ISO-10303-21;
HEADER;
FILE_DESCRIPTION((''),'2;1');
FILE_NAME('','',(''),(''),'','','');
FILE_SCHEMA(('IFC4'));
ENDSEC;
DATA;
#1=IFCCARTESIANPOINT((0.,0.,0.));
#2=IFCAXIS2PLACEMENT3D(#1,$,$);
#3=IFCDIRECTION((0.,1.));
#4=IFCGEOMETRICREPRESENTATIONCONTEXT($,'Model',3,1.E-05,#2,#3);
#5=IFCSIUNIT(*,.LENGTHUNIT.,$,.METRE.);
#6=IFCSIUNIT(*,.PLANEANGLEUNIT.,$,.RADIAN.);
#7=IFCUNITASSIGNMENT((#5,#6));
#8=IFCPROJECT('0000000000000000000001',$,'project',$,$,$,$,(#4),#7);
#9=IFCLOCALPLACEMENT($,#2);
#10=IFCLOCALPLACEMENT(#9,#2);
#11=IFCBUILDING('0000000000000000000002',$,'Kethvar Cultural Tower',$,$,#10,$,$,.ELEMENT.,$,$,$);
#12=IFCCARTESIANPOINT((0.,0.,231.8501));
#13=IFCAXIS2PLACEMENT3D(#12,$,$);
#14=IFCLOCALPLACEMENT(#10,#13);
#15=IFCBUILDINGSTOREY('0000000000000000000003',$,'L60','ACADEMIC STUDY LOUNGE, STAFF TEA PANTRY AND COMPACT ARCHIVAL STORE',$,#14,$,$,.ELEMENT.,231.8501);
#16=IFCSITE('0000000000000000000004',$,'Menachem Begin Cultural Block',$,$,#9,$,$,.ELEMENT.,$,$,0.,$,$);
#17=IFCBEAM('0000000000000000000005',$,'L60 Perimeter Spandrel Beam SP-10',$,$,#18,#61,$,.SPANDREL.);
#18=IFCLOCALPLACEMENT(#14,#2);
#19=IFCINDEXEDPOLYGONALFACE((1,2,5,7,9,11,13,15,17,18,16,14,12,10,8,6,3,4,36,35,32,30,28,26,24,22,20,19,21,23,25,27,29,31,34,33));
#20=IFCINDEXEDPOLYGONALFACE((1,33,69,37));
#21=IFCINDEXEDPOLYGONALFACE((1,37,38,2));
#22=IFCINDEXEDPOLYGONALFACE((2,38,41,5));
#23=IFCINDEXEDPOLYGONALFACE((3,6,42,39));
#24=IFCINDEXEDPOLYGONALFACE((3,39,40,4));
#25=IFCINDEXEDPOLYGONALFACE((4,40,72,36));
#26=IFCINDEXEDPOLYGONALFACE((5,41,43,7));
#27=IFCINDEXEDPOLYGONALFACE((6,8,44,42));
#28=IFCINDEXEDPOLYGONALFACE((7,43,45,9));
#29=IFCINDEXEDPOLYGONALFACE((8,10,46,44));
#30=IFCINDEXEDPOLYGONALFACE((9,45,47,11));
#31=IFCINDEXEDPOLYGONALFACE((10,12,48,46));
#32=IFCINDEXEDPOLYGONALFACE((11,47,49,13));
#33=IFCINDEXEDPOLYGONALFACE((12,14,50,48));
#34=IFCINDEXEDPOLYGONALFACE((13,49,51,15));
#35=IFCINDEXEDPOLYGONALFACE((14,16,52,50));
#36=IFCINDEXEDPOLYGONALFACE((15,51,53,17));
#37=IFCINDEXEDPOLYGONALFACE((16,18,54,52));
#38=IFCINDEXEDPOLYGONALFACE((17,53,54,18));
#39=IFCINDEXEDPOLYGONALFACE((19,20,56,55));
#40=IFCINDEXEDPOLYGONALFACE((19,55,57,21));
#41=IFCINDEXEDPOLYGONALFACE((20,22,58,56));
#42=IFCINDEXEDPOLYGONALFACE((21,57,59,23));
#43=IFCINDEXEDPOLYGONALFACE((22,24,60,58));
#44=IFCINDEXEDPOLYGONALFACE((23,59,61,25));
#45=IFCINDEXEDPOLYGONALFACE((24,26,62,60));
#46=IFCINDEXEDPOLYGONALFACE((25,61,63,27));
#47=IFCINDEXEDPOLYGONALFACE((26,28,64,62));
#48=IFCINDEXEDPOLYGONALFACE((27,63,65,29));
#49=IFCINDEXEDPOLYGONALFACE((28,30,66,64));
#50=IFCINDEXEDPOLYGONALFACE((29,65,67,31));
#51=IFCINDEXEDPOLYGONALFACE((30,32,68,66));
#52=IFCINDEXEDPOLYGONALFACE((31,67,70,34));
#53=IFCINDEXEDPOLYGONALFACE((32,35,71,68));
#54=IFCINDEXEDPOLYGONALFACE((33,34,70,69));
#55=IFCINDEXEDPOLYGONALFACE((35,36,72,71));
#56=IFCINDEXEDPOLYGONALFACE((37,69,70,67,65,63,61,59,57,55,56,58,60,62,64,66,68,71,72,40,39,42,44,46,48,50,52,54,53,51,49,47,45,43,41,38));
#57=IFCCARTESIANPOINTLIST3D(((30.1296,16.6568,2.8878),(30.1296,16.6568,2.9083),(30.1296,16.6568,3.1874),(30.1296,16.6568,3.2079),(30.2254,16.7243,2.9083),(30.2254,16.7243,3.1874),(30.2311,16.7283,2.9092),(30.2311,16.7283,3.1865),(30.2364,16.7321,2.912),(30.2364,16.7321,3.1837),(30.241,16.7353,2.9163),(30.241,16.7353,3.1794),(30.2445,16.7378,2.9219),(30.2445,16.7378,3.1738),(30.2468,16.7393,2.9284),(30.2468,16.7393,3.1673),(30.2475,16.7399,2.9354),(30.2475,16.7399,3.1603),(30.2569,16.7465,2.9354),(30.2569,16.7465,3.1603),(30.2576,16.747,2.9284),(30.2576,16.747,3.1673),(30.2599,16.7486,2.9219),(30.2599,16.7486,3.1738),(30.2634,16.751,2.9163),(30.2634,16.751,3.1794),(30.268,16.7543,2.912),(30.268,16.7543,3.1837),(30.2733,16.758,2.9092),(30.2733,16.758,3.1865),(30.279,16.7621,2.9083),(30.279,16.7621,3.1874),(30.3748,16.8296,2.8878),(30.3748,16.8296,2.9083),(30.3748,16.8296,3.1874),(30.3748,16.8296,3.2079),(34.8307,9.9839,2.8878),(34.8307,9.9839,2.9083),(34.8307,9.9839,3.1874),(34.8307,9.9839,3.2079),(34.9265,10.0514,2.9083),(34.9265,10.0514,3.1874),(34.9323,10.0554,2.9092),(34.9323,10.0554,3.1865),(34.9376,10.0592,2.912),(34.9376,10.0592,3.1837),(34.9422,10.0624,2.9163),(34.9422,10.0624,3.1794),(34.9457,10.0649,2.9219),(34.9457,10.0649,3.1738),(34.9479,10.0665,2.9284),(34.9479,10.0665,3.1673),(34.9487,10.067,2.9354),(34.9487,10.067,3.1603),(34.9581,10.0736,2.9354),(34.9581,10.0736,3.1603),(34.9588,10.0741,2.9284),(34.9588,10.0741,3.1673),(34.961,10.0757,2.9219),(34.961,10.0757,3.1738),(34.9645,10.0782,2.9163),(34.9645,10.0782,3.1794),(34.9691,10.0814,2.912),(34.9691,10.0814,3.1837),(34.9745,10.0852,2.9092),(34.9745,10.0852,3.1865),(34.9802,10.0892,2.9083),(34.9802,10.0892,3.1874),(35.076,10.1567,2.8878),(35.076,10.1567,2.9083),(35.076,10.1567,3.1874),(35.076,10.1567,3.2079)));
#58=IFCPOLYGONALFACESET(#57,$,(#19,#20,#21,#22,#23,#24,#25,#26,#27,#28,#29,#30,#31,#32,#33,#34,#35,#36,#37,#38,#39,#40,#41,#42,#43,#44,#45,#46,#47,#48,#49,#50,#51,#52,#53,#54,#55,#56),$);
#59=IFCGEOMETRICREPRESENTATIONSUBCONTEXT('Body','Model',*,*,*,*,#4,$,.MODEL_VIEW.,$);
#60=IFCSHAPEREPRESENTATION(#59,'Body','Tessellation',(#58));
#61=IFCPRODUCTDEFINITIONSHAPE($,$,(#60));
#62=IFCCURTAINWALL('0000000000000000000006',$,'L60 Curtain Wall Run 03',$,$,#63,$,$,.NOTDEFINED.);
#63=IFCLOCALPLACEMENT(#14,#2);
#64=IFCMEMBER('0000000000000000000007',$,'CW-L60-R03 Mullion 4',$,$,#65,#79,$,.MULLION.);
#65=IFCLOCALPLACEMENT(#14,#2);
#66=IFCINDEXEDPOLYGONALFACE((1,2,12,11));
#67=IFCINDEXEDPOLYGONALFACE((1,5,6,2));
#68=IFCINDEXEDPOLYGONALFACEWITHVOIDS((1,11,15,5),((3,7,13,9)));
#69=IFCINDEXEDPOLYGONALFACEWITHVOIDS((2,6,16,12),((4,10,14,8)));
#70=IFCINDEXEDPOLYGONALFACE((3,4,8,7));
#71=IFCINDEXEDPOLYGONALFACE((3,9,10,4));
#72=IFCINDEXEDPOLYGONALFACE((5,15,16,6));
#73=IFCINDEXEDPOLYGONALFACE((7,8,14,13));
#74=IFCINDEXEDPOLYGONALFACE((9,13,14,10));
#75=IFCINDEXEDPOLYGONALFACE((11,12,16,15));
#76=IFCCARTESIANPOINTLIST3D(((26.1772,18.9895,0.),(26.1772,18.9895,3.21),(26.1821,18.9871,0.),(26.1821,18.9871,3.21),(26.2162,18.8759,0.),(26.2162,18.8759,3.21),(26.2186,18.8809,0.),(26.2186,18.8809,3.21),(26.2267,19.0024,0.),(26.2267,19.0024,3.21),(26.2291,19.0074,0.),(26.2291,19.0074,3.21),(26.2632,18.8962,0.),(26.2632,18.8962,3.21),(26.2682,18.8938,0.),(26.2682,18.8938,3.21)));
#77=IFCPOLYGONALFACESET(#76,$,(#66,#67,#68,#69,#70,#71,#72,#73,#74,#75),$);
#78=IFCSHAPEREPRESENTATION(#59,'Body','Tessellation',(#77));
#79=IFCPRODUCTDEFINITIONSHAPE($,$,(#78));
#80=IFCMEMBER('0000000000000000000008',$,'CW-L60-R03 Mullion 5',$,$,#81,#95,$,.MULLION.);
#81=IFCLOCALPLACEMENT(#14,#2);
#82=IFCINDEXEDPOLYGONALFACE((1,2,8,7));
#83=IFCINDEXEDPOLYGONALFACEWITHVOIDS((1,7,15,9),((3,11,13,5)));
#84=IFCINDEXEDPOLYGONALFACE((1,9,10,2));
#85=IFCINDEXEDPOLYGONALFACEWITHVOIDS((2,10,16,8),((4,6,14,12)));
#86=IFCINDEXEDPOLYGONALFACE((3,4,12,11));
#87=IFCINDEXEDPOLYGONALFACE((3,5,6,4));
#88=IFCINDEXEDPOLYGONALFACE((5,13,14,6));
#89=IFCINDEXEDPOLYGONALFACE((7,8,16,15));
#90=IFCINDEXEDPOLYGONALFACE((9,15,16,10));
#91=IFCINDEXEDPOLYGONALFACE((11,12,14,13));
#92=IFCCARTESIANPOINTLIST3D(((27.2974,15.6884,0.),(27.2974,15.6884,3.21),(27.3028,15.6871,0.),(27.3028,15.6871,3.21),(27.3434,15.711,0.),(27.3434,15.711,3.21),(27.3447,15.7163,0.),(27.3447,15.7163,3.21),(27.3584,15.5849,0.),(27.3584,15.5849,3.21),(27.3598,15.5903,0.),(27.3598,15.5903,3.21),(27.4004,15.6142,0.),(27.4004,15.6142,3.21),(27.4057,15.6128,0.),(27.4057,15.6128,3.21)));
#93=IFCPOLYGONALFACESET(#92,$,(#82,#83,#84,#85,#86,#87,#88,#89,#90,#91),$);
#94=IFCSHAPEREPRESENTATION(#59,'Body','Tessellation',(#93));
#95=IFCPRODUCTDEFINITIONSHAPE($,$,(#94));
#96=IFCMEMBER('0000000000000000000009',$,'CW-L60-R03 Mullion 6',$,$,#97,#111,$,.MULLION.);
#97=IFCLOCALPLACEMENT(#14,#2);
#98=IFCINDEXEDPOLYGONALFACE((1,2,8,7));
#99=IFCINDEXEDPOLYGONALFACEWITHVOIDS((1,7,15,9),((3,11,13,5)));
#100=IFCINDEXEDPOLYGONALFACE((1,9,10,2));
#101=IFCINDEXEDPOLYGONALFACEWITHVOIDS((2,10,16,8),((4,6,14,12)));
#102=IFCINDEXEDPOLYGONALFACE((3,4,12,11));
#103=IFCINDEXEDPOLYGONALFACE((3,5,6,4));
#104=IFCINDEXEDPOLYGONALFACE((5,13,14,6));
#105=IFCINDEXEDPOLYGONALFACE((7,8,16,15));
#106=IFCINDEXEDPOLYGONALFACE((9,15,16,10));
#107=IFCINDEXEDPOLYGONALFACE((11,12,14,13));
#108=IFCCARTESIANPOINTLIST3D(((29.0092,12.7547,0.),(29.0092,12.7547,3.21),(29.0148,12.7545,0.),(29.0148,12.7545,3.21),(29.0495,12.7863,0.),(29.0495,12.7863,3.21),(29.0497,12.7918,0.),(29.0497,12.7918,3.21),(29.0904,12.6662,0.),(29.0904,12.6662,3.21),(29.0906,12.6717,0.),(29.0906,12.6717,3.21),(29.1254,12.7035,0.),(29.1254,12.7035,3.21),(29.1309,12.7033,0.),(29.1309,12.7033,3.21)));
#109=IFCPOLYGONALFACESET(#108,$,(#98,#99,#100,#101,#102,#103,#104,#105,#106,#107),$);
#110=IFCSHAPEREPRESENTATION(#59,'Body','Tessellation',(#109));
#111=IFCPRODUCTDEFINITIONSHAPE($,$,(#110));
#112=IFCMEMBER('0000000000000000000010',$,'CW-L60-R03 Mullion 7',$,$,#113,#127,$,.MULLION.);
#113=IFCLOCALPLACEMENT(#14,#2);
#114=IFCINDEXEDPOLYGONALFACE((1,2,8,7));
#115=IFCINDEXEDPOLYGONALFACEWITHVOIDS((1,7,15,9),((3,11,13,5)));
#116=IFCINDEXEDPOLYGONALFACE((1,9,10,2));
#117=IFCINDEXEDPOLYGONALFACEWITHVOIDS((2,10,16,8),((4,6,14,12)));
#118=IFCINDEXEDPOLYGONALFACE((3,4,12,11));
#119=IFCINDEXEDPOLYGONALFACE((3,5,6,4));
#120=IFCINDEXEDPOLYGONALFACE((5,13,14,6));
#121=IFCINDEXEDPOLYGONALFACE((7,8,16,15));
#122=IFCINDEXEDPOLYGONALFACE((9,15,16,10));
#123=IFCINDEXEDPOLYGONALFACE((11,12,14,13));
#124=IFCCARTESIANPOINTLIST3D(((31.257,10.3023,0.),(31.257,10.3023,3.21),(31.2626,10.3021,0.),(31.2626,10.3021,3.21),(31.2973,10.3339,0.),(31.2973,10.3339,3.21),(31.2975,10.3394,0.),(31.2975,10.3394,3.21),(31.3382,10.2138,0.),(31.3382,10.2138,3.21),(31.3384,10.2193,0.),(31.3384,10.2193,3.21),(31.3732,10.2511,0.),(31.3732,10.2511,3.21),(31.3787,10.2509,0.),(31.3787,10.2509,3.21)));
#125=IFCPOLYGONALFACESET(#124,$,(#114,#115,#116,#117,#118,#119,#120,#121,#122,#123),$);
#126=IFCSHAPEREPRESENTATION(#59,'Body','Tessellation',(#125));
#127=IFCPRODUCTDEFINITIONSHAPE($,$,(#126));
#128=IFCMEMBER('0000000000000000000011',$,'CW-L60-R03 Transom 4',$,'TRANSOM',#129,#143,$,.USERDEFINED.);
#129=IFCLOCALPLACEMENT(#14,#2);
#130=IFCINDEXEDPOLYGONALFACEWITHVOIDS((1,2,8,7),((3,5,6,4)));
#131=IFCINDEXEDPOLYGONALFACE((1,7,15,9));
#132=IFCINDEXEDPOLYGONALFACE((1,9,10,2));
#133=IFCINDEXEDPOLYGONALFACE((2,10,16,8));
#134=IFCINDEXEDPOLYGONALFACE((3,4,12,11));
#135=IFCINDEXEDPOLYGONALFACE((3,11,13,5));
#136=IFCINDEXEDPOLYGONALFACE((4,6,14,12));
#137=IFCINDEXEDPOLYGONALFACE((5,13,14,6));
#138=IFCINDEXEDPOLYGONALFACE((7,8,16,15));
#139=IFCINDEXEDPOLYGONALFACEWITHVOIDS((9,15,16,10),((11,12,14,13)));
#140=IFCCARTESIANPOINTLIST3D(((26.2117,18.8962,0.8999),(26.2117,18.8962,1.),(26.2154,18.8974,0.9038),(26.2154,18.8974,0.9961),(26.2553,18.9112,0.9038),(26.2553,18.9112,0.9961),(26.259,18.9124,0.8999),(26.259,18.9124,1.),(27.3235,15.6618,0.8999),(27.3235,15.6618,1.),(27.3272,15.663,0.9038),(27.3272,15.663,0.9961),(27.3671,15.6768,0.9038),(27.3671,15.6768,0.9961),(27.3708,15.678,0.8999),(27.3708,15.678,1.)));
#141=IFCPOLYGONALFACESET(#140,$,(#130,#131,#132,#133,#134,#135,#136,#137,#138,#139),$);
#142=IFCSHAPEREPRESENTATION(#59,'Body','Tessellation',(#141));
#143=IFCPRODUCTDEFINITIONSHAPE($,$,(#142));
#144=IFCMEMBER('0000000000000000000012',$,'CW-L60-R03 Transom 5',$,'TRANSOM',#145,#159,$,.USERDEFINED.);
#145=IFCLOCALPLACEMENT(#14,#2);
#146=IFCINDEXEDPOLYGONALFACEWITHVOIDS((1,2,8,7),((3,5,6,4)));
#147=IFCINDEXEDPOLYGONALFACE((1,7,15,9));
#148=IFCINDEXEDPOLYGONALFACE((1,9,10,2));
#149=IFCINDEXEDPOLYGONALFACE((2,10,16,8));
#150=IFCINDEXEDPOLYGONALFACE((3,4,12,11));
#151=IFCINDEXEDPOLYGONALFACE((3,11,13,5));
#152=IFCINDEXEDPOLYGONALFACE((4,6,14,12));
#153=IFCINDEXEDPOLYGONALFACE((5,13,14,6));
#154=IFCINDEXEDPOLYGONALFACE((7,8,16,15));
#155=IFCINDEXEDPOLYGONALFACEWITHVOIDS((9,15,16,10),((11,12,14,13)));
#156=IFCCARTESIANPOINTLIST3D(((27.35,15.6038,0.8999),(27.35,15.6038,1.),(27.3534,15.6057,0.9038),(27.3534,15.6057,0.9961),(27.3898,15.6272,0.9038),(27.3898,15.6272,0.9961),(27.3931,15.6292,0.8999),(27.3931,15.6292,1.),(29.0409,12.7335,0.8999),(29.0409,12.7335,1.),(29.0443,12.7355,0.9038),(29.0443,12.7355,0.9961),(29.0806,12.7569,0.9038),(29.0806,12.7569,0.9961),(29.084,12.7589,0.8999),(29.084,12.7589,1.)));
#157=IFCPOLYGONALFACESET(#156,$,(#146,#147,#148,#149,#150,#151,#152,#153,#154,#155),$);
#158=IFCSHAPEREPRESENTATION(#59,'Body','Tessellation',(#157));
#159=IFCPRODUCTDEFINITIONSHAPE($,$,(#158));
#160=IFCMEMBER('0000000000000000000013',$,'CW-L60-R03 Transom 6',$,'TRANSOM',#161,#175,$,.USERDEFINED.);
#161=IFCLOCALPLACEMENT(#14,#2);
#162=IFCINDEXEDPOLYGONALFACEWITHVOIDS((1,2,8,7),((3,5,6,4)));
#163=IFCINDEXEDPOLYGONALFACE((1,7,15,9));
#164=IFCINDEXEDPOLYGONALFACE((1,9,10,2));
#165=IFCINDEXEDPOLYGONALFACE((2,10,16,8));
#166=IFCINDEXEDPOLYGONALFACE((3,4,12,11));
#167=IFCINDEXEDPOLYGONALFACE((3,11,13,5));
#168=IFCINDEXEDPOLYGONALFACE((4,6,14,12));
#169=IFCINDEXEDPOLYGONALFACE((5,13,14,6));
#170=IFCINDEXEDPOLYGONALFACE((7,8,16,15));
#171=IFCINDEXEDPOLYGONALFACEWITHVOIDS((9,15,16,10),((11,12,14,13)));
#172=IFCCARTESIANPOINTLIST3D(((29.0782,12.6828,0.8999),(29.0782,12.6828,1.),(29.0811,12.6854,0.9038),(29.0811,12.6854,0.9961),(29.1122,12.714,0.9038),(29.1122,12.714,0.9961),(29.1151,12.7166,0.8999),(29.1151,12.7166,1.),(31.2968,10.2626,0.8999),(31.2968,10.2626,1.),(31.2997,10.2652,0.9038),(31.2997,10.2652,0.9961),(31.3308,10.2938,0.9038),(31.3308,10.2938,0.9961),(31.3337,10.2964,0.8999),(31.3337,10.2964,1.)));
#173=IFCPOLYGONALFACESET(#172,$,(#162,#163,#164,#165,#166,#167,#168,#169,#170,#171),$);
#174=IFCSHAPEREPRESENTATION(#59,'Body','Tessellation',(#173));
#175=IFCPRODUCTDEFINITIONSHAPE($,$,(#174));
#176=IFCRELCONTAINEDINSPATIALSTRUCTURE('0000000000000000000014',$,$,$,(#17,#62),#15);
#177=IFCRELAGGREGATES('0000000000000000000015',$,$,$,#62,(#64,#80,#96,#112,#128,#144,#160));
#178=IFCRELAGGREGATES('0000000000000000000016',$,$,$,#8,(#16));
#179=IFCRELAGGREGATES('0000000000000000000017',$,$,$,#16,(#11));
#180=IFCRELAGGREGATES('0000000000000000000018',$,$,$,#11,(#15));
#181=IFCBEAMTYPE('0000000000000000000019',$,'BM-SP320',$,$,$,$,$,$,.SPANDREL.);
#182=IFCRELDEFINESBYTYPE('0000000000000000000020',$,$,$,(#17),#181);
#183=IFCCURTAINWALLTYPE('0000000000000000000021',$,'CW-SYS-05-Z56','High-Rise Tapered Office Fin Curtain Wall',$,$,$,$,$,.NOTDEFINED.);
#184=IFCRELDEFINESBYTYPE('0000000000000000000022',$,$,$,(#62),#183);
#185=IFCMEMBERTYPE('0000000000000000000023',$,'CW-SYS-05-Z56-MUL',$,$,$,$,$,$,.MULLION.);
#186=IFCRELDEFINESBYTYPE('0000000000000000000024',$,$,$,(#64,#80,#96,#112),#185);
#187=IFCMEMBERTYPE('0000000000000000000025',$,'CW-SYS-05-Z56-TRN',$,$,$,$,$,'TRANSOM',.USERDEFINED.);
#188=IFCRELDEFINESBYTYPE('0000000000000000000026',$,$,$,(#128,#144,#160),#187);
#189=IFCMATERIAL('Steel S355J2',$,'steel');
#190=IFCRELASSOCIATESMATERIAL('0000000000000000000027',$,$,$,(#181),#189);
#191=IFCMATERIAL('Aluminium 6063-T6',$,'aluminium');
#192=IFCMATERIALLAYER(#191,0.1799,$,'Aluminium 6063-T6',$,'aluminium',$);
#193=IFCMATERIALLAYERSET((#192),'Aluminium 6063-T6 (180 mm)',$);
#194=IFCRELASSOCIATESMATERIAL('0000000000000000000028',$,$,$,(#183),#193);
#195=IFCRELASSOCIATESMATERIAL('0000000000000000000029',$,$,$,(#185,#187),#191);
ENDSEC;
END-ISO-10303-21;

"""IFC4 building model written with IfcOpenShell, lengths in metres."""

from ifc_helpers import new_model, si_unit, direction, frame, origin, origin_2d, place, context, subcontext, project, spatial, hollow_rectangle, i_section, extrude, source, transform, mapped, material, layer, layer_set, material_profile, profile_set, type_object, element, aggregate, save


model = new_model("IFC4")

# Units and contexts
model_context = context("Model", 3, precision=1e-05, world=origin(), true_north=direction((0.0, 1.0)))
body_context = subcontext(model_context, "Body", "Model", "MODEL_VIEW")
ifc_project = project(units=[si_unit("LENGTHUNIT", "METRE"), si_unit("PLANEANGLEUNIT", "RADIAN")], contexts=[model_context])

# Site, building, storey
site_placement = place(None, origin())
site = spatial("IfcSite", under=ifc_project, at=site_placement, Name="Menachem Begin Cultural Block", CompositionType="ELEMENT", RefElevation=0.0)
building_placement = place(site_placement, origin())
building = spatial("IfcBuilding", under=site, at=building_placement, Name="Kethvar Cultural Tower", CompositionType="ELEMENT")
storey_placement = place(building_placement, frame((0.0, 0.0, 231.8501)))
storey = spatial("IfcBuildingStorey", under=building, at=storey_placement, Name="L60", Description="ACADEMIC STUDY LOUNGE, STAFF TEA PANTRY AND COMPACT ARCHIVAL STORE", CompositionType="ELEMENT", Elevation=231.8501)

# Beam
ifc_material_1 = material(Name="Steel S355J2", Category="steel")
ifc_material_profile_1 = material_profile(ifc_material_1, i_section(OverallWidth=0.3, OverallDepth=0.3201, WebThickness=0.0115, FlangeThickness=0.0205, FilletRadius=0.0271, at=origin_2d()), Name="Steel S355J2 — HEB320")
ifc_profile_set_1 = profile_set([ifc_material_profile_1], Name="Steel S355J2 — HEB320")
beam_type_1 = type_object("IfcBeamType", Name="BM-SP320", PredefinedType="SPANDREL", material=ifc_profile_set_1)
shared_shape_1 = source(origin(), body_context, "Body", "SweptSolid", [
    extrude(i_section(OverallWidth=0.3, OverallDepth=0.3201, WebThickness=0.0115, FlangeThickness=0.0205, FilletRadius=0.0271, at=origin_2d()), origin(), (0.0, 0.0, 1.0), 8.1626),
])
beam_1_placement = place(storey_placement, frame((30.2522, 16.7432, 3.0479), z_axis=(0.575941, -0.817491, 0.0), x_axis=(0.817491, 0.575941, 0.0)))
element("IfcBeam", 1, at=beam_1_placement, inside=storey, type_object=beam_type_1, Name="L60 Perimeter Spandrel Beam SP-10", PredefinedType="SPANDREL", context=body_context, shape_type="MappedRepresentation", body=[
    mapped(shared_shape_1, transform((0.0, 0.0, 0.0), scale=1.0)),
])

# Curtain wall, members
ifc_material_2 = material(Name="Aluminium 6063-T6", Category="aluminium")
ifc_layer_1 = layer(ifc_material_2, 0.1799, Name="Aluminium 6063-T6", Category="aluminium")
ifc_layer_set_1 = layer_set([ifc_layer_1], Name="Aluminium 6063-T6 (180 mm)")
curtain_wall_type = type_object("IfcCurtainWallType", Name="CW-SYS-05-Z56", Description="High-Rise Tapered Office Fin Curtain Wall", PredefinedType="NOTDEFINED", material=ifc_layer_set_1)
curtain_wall_1_placement = place(storey_placement, origin())
curtain_wall_1 = element("IfcCurtainWall", 2, at=curtain_wall_1_placement, inside=storey, type_object=curtain_wall_type, Name="L60 Curtain Wall Run 03", PredefinedType="NOTDEFINED")
ifc_material_profile_2 = material_profile(ifc_material_2, hollow_rectangle(XDim=0.0549, YDim=0.1201, WallThickness=0.0039, at=origin_2d()), Name="Aluminium 6063-T6 — RHS120x55x4")
ifc_profile_set_2 = profile_set([ifc_material_profile_2], Name="Aluminium 6063-T6 — RHS120x55x4")
member_type_1 = type_object("IfcMemberType", Name="CW-SYS-05-Z56-MUL", PredefinedType="MULLION", material=ifc_profile_set_2)
shared_shape_2 = source(origin(), body_context, "Body", "SweptSolid", [
    extrude(hollow_rectangle(XDim=0.0549, YDim=0.1201, WallThickness=0.0039, at=origin_2d()), origin(), (0.0, 0.0, 1.0), 3.21),
])
member_1_placement = place(storey_placement, frame((26.2227, 18.9417, 0.0), z_axis=(0.0, 0.0, 1.0), x_axis=(0.9457, 0.32504, 0.0)))
member_1 = element("IfcMember", 3, at=member_1_placement, type_object=member_type_1, Name="CW-L60-R03 Mullion 4", PredefinedType="MULLION", context=body_context, shape_type="MappedRepresentation", body=[
    mapped(shared_shape_2, transform((0.0, 0.0, 0.0), scale=1.0)),
])
member_2_placement = place(storey_placement, frame((27.3516, 15.6506, 0.0), z_axis=(0.0, 0.0, 1.0), x_axis=(0.861638, 0.507523, 0.0)))
member_2 = element("IfcMember", 4, at=member_2_placement, type_object=member_type_1, Name="CW-L60-R03 Mullion 5", PredefinedType="MULLION", context=body_context, shape_type="MappedRepresentation", body=[
    mapped(shared_shape_2, transform((0.0, 0.0, 0.0), scale=1.0)),
])
member_3_placement = place(storey_placement, frame((29.0701, 12.729, 0.0), z_axis=(0.0, 0.0, 1.0), x_axis=(0.737171, 0.675706, 0.0)))
member_3 = element("IfcMember", 5, at=member_3_placement, type_object=member_type_1, Name="CW-L60-R03 Mullion 6", PredefinedType="MULLION", context=body_context, shape_type="MappedRepresentation", body=[
    mapped(shared_shape_2, transform((0.0, 0.0, 0.0), scale=1.0)),
])
member_4_placement = place(storey_placement, frame((31.3179, 10.2766, 0.0), z_axis=(0.0, 0.0, 1.0), x_axis=(0.737171, 0.675706, 0.0)))
member_4 = element("IfcMember", 6, at=member_4_placement, type_object=member_type_1, Name="CW-L60-R03 Mullion 7", PredefinedType="MULLION", context=body_context, shape_type="MappedRepresentation", body=[
    mapped(shared_shape_2, transform((0.0, 0.0, 0.0), scale=1.0)),
])
ifc_material_profile_3 = material_profile(ifc_material_2, hollow_rectangle(XDim=0.05, YDim=0.1001, WallThickness=0.0039, at=origin_2d()), Name="Aluminium 6063-T6 — RHS100x50x4")
ifc_profile_set_3 = profile_set([ifc_material_profile_3], Name="Aluminium 6063-T6 — RHS100x50x4")
member_type_2 = type_object("IfcMemberType", Name="CW-SYS-05-Z56-TRN", ElementType="TRANSOM", PredefinedType="USERDEFINED", material=ifc_profile_set_3)
shared_shape_3 = source(origin(), body_context, "Body", "SweptSolid", [
    extrude(hollow_rectangle(XDim=0.05, YDim=0.1001, WallThickness=0.0039, at=origin_2d()), origin(), (0.0, 0.0, 1.0), 3.4202),
])
member_5_placement = place(storey_placement, frame((26.2354, 18.9043, 0.95), z_axis=(0.32508, -0.945687, 0.0), x_axis=(0.945687, 0.32508, 0.0)))
member_5 = element("IfcMember", 7, at=member_5_placement, type_object=member_type_2, Name="CW-L60-R03 Transom 4", ObjectType="TRANSOM", PredefinedType="USERDEFINED", context=body_context, shape_type="MappedRepresentation", body=[
    mapped(shared_shape_3, transform((0.0, 0.0, 0.0), scale=1.0)),
])
shared_shape_4 = source(origin(), body_context, "Body", "SweptSolid", [
    extrude(hollow_rectangle(XDim=0.05, YDim=0.1001, WallThickness=0.0039, at=origin_2d()), origin(), (0.0, 0.0, 1.0), 3.3313),
])
member_6_placement = place(storey_placement, frame((27.3716, 15.6165, 0.95), z_axis=(0.507571, -0.86161, 0.0), x_axis=(0.86161, 0.507571, 0.0)))
member_6 = element("IfcMember", 8, at=member_6_placement, type_object=member_type_2, Name="CW-L60-R03 Transom 5", ObjectType="TRANSOM", PredefinedType="USERDEFINED", context=body_context, shape_type="MappedRepresentation", body=[
    mapped(shared_shape_4, transform((0.0, 0.0, 0.0), scale=1.0)),
])
shared_shape_5 = source(origin(), body_context, "Body", "SweptSolid", [
    extrude(hollow_rectangle(XDim=0.05, YDim=0.1001, WallThickness=0.0039, at=origin_2d()), origin(), (0.0, 0.0, 1.0), 3.2832),
])
member_7_placement = place(storey_placement, frame((29.0967, 12.6997, 0.95), z_axis=(0.675728, -0.737151, 0.0), x_axis=(0.737151, 0.675728, 0.0)))
member_7 = element("IfcMember", 9, at=member_7_placement, type_object=member_type_2, Name="CW-L60-R03 Transom 6", ObjectType="TRANSOM", PredefinedType="USERDEFINED", context=body_context, shape_type="MappedRepresentation", body=[
    mapped(shared_shape_5, transform((0.0, 0.0, 0.0), scale=1.0)),
])

aggregate(curtain_wall_1, [member_1, member_2, member_3, member_4, member_5, member_6, member_7])

save(model, "model.ifc")
